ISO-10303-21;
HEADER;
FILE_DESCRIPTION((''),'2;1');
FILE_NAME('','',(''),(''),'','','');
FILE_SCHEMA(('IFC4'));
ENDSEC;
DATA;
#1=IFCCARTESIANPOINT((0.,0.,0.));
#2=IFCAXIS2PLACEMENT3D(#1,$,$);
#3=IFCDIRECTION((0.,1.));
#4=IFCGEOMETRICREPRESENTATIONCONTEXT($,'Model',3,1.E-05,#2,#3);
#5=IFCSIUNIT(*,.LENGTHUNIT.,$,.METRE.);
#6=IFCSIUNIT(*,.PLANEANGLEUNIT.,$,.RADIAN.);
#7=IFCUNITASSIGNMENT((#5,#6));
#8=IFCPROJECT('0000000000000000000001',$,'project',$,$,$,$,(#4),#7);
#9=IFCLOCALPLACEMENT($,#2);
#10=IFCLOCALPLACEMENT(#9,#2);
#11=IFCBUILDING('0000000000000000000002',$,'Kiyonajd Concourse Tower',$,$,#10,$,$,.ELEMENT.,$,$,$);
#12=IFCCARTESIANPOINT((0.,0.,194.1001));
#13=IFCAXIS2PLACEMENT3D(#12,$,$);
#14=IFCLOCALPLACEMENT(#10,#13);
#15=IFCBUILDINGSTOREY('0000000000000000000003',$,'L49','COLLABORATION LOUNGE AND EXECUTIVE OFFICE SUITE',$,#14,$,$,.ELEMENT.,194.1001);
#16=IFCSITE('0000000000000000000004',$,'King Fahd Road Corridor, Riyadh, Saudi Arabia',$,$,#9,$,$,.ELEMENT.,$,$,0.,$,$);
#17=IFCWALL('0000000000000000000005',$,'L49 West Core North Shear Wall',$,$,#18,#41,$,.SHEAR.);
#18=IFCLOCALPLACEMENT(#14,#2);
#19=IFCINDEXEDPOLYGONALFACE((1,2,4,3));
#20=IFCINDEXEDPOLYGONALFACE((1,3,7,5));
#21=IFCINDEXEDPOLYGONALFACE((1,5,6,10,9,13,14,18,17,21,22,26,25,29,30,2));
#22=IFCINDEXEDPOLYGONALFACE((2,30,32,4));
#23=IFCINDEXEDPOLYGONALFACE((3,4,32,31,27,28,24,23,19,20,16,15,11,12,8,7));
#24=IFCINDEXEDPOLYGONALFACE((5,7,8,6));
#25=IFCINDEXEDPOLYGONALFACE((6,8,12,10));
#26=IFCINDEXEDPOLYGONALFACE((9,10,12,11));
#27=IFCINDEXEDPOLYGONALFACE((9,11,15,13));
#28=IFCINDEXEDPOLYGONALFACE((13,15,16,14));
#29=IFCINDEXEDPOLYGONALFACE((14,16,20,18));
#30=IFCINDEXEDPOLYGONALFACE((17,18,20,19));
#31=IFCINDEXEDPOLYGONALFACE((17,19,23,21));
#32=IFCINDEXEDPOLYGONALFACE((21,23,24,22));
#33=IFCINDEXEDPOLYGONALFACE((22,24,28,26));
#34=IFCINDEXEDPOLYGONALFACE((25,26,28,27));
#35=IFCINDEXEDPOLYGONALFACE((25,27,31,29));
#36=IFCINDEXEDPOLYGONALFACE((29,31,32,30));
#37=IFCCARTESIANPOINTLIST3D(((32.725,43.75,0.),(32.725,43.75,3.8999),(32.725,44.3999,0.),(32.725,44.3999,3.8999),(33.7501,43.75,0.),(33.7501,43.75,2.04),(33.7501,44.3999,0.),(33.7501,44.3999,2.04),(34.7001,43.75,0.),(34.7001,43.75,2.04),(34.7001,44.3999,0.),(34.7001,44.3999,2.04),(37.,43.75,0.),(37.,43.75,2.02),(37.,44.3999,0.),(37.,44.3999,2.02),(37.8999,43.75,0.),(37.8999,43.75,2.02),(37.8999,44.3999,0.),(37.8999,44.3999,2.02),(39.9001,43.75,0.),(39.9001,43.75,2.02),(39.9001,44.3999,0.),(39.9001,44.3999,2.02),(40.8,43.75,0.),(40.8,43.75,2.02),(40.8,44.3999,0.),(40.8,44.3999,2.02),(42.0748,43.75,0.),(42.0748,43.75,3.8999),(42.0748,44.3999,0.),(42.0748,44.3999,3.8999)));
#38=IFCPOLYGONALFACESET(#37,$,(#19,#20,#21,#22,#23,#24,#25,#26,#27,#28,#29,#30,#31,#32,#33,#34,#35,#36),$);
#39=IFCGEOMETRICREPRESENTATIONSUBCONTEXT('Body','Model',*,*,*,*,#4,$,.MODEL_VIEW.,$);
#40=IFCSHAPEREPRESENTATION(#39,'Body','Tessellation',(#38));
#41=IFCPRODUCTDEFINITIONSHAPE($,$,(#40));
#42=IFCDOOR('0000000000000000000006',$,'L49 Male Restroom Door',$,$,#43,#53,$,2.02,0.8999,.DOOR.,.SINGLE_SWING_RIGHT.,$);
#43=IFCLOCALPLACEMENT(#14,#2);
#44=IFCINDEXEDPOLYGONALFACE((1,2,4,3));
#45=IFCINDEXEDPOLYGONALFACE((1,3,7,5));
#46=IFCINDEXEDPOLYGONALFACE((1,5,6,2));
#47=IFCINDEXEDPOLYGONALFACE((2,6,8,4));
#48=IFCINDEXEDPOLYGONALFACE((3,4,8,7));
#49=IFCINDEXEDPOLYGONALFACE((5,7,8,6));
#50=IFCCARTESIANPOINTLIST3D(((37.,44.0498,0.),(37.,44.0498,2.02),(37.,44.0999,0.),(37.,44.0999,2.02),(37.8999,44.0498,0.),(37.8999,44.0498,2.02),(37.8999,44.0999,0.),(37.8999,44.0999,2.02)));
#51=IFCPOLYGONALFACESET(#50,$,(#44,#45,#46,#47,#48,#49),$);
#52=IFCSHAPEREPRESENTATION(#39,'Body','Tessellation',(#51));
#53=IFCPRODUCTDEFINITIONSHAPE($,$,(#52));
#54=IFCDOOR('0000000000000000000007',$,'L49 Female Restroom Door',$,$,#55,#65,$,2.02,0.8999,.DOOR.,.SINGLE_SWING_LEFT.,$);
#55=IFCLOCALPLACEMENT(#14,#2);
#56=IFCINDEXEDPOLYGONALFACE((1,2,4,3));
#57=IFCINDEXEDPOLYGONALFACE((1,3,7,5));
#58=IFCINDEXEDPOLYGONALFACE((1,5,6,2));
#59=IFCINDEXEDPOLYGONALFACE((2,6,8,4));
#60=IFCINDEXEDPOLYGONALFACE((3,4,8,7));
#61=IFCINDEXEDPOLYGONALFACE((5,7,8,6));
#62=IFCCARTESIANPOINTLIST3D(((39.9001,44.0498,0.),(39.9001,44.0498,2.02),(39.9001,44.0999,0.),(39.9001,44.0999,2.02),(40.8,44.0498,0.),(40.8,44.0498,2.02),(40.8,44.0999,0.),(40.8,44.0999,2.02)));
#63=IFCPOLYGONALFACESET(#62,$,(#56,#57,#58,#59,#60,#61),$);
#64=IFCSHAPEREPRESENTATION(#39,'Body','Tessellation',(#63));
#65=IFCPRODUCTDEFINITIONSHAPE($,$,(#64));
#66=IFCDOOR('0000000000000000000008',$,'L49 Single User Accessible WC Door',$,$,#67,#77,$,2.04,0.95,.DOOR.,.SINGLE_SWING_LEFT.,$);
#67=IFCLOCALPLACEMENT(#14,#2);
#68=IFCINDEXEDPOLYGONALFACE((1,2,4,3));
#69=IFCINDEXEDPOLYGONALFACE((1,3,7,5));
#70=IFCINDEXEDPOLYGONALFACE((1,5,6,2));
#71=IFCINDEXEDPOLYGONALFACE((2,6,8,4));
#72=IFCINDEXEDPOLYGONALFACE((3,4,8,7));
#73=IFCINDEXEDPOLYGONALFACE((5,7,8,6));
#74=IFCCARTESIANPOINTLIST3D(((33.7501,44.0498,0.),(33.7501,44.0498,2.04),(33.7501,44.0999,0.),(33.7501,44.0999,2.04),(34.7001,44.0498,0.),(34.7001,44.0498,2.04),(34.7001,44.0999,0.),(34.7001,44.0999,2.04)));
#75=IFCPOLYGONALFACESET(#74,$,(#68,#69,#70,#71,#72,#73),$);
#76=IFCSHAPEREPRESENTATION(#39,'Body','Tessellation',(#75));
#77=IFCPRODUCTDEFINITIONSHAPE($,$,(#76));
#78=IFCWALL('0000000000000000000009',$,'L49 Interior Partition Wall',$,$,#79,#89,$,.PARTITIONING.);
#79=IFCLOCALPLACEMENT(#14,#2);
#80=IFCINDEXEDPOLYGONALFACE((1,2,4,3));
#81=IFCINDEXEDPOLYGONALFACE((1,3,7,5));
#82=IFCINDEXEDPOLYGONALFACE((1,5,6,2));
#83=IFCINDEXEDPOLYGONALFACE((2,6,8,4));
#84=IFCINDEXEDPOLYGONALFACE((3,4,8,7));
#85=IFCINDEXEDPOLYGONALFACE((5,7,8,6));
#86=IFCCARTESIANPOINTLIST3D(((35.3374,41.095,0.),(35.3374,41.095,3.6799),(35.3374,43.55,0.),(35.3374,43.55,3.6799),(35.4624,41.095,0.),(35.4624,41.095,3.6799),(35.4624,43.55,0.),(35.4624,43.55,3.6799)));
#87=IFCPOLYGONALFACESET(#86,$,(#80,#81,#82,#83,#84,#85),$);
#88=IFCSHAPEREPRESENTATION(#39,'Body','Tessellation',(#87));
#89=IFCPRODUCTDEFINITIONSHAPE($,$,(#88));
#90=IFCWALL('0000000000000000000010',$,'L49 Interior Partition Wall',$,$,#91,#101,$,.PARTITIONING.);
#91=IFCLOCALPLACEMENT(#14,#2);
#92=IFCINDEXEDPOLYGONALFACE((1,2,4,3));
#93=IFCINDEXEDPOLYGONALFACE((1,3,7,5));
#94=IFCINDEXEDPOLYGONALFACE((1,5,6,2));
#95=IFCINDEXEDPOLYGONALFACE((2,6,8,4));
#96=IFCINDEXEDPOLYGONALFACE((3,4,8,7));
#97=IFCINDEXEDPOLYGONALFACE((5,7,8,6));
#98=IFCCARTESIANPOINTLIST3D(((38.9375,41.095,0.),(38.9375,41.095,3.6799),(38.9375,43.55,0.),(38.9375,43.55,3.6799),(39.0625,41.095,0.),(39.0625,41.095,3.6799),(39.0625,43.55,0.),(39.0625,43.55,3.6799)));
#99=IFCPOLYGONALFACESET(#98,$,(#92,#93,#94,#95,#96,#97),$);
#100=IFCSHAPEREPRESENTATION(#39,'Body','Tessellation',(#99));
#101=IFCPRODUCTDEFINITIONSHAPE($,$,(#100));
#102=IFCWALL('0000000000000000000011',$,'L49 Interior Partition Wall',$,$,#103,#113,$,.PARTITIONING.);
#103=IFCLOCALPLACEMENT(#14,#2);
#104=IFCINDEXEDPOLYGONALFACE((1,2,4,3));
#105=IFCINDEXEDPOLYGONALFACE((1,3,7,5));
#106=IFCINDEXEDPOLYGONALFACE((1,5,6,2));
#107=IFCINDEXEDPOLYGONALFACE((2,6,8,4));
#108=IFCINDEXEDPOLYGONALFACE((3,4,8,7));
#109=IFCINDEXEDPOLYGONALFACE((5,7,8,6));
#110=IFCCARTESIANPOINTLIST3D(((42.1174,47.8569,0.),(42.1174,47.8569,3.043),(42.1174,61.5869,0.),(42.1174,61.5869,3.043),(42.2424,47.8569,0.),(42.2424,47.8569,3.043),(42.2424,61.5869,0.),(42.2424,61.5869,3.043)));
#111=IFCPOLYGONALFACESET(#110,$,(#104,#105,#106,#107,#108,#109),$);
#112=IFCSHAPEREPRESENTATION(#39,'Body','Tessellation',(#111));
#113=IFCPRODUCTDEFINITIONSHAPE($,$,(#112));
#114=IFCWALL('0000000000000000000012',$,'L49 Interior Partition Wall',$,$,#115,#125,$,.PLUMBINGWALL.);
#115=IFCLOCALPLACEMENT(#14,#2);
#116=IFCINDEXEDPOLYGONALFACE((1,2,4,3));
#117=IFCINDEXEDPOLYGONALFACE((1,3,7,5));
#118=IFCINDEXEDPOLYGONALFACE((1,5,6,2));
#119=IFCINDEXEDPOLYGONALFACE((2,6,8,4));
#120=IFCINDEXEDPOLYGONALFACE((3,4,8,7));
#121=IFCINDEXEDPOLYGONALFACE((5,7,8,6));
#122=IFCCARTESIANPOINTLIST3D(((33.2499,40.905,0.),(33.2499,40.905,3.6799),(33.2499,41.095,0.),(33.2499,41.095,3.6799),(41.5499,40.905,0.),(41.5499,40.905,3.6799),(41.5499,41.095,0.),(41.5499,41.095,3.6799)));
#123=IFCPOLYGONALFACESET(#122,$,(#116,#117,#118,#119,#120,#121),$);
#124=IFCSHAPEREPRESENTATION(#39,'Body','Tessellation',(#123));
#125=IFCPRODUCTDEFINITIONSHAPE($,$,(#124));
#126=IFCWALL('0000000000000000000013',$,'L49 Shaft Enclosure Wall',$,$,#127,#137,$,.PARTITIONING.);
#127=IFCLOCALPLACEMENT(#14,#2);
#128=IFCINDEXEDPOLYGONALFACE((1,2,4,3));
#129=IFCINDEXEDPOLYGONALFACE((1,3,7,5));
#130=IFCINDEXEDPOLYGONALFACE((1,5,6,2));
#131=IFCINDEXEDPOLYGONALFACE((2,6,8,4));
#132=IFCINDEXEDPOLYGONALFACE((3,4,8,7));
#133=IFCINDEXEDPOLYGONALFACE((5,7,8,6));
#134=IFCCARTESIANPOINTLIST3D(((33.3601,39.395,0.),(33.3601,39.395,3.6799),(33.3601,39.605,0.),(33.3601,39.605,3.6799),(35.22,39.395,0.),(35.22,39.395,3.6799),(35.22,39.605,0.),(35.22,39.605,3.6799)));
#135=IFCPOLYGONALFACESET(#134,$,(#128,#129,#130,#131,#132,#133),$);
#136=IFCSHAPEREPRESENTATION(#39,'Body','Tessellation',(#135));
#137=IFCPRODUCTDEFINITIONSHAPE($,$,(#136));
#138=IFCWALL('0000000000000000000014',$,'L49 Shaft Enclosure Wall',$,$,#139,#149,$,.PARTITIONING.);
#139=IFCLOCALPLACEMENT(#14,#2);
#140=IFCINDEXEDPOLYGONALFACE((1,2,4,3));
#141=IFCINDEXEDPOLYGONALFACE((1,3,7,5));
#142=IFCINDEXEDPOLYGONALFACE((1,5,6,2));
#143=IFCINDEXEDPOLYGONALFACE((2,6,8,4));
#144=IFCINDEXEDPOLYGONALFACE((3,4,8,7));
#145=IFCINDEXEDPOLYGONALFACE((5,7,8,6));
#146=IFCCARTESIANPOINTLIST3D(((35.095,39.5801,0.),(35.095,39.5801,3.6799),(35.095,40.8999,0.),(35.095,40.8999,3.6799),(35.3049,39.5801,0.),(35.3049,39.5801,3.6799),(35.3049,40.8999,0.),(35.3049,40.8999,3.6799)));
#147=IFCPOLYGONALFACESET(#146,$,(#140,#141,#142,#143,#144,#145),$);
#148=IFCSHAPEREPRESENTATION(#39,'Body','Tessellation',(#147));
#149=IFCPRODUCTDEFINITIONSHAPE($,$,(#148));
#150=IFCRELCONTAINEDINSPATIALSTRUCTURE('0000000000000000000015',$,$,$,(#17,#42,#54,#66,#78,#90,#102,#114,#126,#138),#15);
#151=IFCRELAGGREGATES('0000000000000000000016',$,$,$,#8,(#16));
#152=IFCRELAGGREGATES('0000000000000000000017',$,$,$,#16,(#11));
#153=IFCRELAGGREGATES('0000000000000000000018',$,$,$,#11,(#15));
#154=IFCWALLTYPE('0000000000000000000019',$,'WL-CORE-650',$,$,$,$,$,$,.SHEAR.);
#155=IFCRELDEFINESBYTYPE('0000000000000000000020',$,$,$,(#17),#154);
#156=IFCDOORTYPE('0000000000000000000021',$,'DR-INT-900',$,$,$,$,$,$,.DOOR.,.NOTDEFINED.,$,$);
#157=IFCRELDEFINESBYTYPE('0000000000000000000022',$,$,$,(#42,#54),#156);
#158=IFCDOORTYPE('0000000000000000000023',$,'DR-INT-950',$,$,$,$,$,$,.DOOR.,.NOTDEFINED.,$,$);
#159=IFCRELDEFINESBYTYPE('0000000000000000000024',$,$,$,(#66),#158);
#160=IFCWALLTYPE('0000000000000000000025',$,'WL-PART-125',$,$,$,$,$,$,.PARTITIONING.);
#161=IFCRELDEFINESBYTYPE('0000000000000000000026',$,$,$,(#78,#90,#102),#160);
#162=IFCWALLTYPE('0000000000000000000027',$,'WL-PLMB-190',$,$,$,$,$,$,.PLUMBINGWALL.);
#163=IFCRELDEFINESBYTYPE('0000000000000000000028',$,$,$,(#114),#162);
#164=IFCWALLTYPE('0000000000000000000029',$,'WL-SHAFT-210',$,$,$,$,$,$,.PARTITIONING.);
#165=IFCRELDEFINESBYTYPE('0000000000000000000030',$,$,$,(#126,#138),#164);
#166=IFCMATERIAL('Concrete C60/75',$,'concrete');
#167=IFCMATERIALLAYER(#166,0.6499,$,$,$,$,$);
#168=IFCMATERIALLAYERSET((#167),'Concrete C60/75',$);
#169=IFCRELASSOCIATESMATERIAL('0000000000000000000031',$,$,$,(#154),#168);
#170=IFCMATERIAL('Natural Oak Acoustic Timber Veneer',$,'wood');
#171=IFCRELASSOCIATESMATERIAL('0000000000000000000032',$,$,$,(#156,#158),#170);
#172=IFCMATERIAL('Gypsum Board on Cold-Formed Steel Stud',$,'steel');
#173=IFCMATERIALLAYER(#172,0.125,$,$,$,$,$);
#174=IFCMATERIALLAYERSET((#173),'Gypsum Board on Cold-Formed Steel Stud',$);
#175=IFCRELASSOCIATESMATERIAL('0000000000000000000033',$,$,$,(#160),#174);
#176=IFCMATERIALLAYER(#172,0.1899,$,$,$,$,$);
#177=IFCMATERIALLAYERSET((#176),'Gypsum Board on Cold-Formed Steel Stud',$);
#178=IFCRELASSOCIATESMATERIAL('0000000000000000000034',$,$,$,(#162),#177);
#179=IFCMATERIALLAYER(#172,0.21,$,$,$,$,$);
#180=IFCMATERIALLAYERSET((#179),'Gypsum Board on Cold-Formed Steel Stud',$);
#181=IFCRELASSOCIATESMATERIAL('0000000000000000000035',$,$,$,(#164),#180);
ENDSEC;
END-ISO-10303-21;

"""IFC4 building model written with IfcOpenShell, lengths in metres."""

from ifc_helpers import new_model, si_unit, direction, frame, frame_2d, origin, place, context, subcontext, project, spatial, rectangle, extrude, material, layer, layer_set, type_object, element, fill, save


model = new_model("IFC4")

# Units and contexts
model_context = context("Model", 3, precision=1e-05, world=origin(), true_north=direction((0.0, 1.0)))
body_context = subcontext(model_context, "Body", "Model", "MODEL_VIEW")
ifc_project = project(units=[si_unit("LENGTHUNIT", "METRE"), si_unit("PLANEANGLEUNIT", "RADIAN")], contexts=[model_context])

# Site, building, storey
site_placement = place(None, origin())
site = spatial("IfcSite", under=ifc_project, at=site_placement, Name="King Fahd Road Corridor, Riyadh, Saudi Arabia", CompositionType="ELEMENT", RefElevation=0.0)
building_placement = place(site_placement, origin())
building = spatial("IfcBuilding", under=site, at=building_placement, Name="Kiyonajd Concourse Tower", CompositionType="ELEMENT")
storey_placement = place(building_placement, frame((0.0, 0.0, 194.1001)))
storey = spatial("IfcBuildingStorey", under=building, at=storey_placement, Name="L49", Description="COLLABORATION LOUNGE AND EXECUTIVE OFFICE SUITE", CompositionType="ELEMENT", Elevation=194.1001)

# Shared definitions
ifc_material_1 = material(Name="Concrete C60/75", Category="concrete")

# Wall, openings, doors
ifc_layer_1 = layer(ifc_material_1, 0.6499)
ifc_layer_set_1 = layer_set([ifc_layer_1], Name="Concrete C60/75")
wall_type_1 = type_object("IfcWallType", Name="WL-CORE-650", PredefinedType="SHEAR", material=ifc_layer_set_1)
wall_1_placement = place(storey_placement, frame((32.7251, 44.075, 0.0), z_axis=(0.0, 0.0, 1.0), x_axis=(1.0, 0.0, 0.0)))
wall_1 = element("IfcWall", 1, at=wall_1_placement, inside=storey, type_object=wall_type_1, Name="L49 West Core North Shear Wall", PredefinedType="SHEAR", context=body_context, shape_type="SweptSolid", body=[
    extrude(rectangle(XDim=9.3499, YDim=0.6499, at=frame_2d((4.6748, 0.0))), origin(), (0.0, 0.0, 1.0), 3.8999),
])
opening_1_placement = place(wall_1_placement, frame((1.0249, 0.0, 0.0)))
opening_1 = element("IfcOpeningElement", 2, at=opening_1_placement, cuts=wall_1, PredefinedType="OPENING", context=body_context, shape_type="SweptSolid", body=[
    extrude(rectangle(XDim=0.95, YDim=2.04, at=frame_2d((0.4751, 1.02))), frame((0.0, 0.335, 0.0), z_axis=(0.0, -1.0, 0.0), x_axis=(1.0, 0.0, 0.0)), (0.0, 0.0, 1.0), 0.6699),
])
opening_2_placement = place(wall_1_placement, frame((4.2749, 0.0, 0.0)))
opening_2 = element("IfcOpeningElement", 3, at=opening_2_placement, cuts=wall_1, PredefinedType="OPENING", context=body_context, shape_type="SweptSolid", body=[
    extrude(rectangle(XDim=0.8999, YDim=2.02, at=frame_2d((0.45, 1.01))), frame((0.0, 0.335, 0.0), z_axis=(0.0, -1.0, 0.0), x_axis=(1.0, 0.0, 0.0)), (0.0, 0.0, 1.0), 0.6699),
])
opening_3_placement = place(wall_1_placement, frame((7.175, 0.0, 0.0)))
opening_3 = element("IfcOpeningElement", 4, at=opening_3_placement, cuts=wall_1, PredefinedType="OPENING", context=body_context, shape_type="SweptSolid", body=[
    extrude(rectangle(XDim=0.8999, YDim=2.02, at=frame_2d((0.45, 1.01))), frame((0.0, 0.335, 0.0), z_axis=(0.0, -1.0, 0.0), x_axis=(1.0, 0.0, 0.0)), (0.0, 0.0, 1.0), 0.6699),
])
ifc_material_2 = material(Name="Natural Oak Acoustic Timber Veneer", Category="wood")
door_type_1 = type_object("IfcDoorType", Name="DR-INT-900", OperationType="NOTDEFINED", PredefinedType="DOOR", material=ifc_material_2)
door_1_placement = place(opening_2_placement, origin())
door_1 = element("IfcDoor", 5, at=door_1_placement, inside=storey, type_object=door_type_1, Name="L49 Male Restroom Door", OperationType="SINGLE_SWING_RIGHT", OverallHeight=2.02, OverallWidth=0.8999, PredefinedType="DOOR", context=body_context, shape_type="SweptSolid", body=[
    extrude(rectangle(XDim=0.8999, YDim=2.02, at=frame_2d((0.45, 1.01))), frame((0.0, 0.0249, 0.0), z_axis=(0.0, -1.0, 0.0), x_axis=(1.0, 0.0, 0.0)), (0.0, 0.0, 1.0), 0.05),
])
fill(opening_2, door_1)
door_2_placement = place(opening_3_placement, origin())
door_2 = element("IfcDoor", 6, at=door_2_placement, inside=storey, type_object=door_type_1, Name="L49 Female Restroom Door", OperationType="SINGLE_SWING_LEFT", OverallHeight=2.02, OverallWidth=0.8999, PredefinedType="DOOR", context=body_context, shape_type="SweptSolid", body=[
    extrude(rectangle(XDim=0.8999, YDim=2.02, at=frame_2d((0.45, 1.01))), frame((0.0, 0.0249, 0.0), z_axis=(0.0, -1.0, 0.0), x_axis=(1.0, 0.0, 0.0)), (0.0, 0.0, 1.0), 0.05),
])
fill(opening_3, door_2)
door_type_2 = type_object("IfcDoorType", Name="DR-INT-950", OperationType="NOTDEFINED", PredefinedType="DOOR", material=ifc_material_2)
door_3_placement = place(opening_1_placement, origin())
door_3 = element("IfcDoor", 7, at=door_3_placement, inside=storey, type_object=door_type_2, Name="L49 Single User Accessible WC Door", OperationType="SINGLE_SWING_LEFT", OverallHeight=2.04, OverallWidth=0.95, PredefinedType="DOOR", context=body_context, shape_type="SweptSolid", body=[
    extrude(rectangle(XDim=0.95, YDim=2.04, at=frame_2d((0.4751, 1.02))), frame((0.0, 0.0249, 0.0), z_axis=(0.0, -1.0, 0.0), x_axis=(1.0, 0.0, 0.0)), (0.0, 0.0, 1.0), 0.05),
])
fill(opening_1, door_3)

# Walls
ifc_material_3 = material(Name="Gypsum Board on Cold-Formed Steel Stud", Category="steel")
ifc_layer_2 = layer(ifc_material_3, 0.125)
ifc_layer_set_2 = layer_set([ifc_layer_2], Name="Gypsum Board on Cold-Formed Steel Stud")
wall_type_2 = type_object("IfcWallType", Name="WL-PART-125", PredefinedType="PARTITIONING", material=ifc_layer_set_2)
for number, where, z_axis, x_axis, name in (
    (8, (35.3999, 41.095, 0.0), (0.0, 0.0, 1.0), (0.0, 1.0, 0.0), "L49 Interior Partition Wall"),
    (9, (39.0, 41.095, 0.0), (0.0, 0.0, 1.0), (0.0, 1.0, 0.0), "L49 Interior Partition Wall"),
):
    element("IfcWall", number, at=place(storey_placement, frame(where, z_axis=z_axis, x_axis=x_axis)), inside=storey, type_object=wall_type_2, Name=name, PredefinedType="PARTITIONING", context=body_context, shape_type="SweptSolid", body=[
        extrude(rectangle(XDim=2.4551, YDim=0.125, at=frame_2d((1.2275, 0.0))), origin(), (0.0, 0.0, 1.0), 3.6799),
    ])
wall_2_placement = place(storey_placement, frame((42.1799, 47.8569, 0.0), z_axis=(0.0, 0.0, 1.0), x_axis=(0.0, 1.0, 0.0)))
element("IfcWall", 10, at=wall_2_placement, inside=storey, type_object=wall_type_2, Name="L49 Interior Partition Wall", PredefinedType="PARTITIONING", context=body_context, shape_type="SweptSolid", body=[
    extrude(rectangle(XDim=13.73, YDim=0.125, at=frame_2d((6.865, 0.0))), origin(), (0.0, 0.0, 1.0), 3.043),
])
ifc_layer_3 = layer(ifc_material_3, 0.1899)
ifc_layer_set_3 = layer_set([ifc_layer_3], Name="Gypsum Board on Cold-Formed Steel Stud")
wall_type_3 = type_object("IfcWallType", Name="WL-PLMB-190", PredefinedType="PLUMBINGWALL", material=ifc_layer_set_3)
wall_3_placement = place(storey_placement, frame((33.25, 41.0, 0.0), z_axis=(0.0, 0.0, 1.0), x_axis=(1.0, 0.0, 0.0)))
element("IfcWall", 11, at=wall_3_placement, inside=storey, type_object=wall_type_3, Name="L49 Interior Partition Wall", PredefinedType="PLUMBINGWALL", context=body_context, shape_type="SweptSolid", body=[
    extrude(rectangle(XDim=8.3, YDim=0.1899, at=frame_2d((4.1499, 0.0))), origin(), (0.0, 0.0, 1.0), 3.6799),
])
ifc_layer_4 = layer(ifc_material_3, 0.21)
ifc_layer_set_4 = layer_set([ifc_layer_4], Name="Gypsum Board on Cold-Formed Steel Stud")
wall_type_4 = type_object("IfcWallType", Name="WL-SHAFT-210", PredefinedType="PARTITIONING", material=ifc_layer_set_4)
wall_4_placement = place(storey_placement, frame((33.3601, 39.5, 0.0), z_axis=(0.0, 0.0, 1.0), x_axis=(1.0, 0.0, 0.0)))
element("IfcWall", 12, at=wall_4_placement, inside=storey, type_object=wall_type_4, Name="L49 Shaft Enclosure Wall", PredefinedType="PARTITIONING", context=body_context, shape_type="SweptSolid", body=[
    extrude(rectangle(XDim=1.8599, YDim=0.21, at=frame_2d((0.9299, 0.0))), origin(), (0.0, 0.0, 1.0), 3.6799),
])
wall_5_placement = place(storey_placement, frame((35.2, 39.5801, 0.0), z_axis=(0.0, 0.0, 1.0), x_axis=(0.0, 1.0, 0.0)))
element("IfcWall", 13, at=wall_5_placement, inside=storey, type_object=wall_type_4, Name="L49 Shaft Enclosure Wall", PredefinedType="PARTITIONING", context=body_context, shape_type="SweptSolid", body=[
    extrude(rectangle(XDim=1.3198, YDim=0.21, at=frame_2d((0.6599, 0.0))), origin(), (0.0, 0.0, 1.0), 3.6799),
])

save(model, "model.ifc")
